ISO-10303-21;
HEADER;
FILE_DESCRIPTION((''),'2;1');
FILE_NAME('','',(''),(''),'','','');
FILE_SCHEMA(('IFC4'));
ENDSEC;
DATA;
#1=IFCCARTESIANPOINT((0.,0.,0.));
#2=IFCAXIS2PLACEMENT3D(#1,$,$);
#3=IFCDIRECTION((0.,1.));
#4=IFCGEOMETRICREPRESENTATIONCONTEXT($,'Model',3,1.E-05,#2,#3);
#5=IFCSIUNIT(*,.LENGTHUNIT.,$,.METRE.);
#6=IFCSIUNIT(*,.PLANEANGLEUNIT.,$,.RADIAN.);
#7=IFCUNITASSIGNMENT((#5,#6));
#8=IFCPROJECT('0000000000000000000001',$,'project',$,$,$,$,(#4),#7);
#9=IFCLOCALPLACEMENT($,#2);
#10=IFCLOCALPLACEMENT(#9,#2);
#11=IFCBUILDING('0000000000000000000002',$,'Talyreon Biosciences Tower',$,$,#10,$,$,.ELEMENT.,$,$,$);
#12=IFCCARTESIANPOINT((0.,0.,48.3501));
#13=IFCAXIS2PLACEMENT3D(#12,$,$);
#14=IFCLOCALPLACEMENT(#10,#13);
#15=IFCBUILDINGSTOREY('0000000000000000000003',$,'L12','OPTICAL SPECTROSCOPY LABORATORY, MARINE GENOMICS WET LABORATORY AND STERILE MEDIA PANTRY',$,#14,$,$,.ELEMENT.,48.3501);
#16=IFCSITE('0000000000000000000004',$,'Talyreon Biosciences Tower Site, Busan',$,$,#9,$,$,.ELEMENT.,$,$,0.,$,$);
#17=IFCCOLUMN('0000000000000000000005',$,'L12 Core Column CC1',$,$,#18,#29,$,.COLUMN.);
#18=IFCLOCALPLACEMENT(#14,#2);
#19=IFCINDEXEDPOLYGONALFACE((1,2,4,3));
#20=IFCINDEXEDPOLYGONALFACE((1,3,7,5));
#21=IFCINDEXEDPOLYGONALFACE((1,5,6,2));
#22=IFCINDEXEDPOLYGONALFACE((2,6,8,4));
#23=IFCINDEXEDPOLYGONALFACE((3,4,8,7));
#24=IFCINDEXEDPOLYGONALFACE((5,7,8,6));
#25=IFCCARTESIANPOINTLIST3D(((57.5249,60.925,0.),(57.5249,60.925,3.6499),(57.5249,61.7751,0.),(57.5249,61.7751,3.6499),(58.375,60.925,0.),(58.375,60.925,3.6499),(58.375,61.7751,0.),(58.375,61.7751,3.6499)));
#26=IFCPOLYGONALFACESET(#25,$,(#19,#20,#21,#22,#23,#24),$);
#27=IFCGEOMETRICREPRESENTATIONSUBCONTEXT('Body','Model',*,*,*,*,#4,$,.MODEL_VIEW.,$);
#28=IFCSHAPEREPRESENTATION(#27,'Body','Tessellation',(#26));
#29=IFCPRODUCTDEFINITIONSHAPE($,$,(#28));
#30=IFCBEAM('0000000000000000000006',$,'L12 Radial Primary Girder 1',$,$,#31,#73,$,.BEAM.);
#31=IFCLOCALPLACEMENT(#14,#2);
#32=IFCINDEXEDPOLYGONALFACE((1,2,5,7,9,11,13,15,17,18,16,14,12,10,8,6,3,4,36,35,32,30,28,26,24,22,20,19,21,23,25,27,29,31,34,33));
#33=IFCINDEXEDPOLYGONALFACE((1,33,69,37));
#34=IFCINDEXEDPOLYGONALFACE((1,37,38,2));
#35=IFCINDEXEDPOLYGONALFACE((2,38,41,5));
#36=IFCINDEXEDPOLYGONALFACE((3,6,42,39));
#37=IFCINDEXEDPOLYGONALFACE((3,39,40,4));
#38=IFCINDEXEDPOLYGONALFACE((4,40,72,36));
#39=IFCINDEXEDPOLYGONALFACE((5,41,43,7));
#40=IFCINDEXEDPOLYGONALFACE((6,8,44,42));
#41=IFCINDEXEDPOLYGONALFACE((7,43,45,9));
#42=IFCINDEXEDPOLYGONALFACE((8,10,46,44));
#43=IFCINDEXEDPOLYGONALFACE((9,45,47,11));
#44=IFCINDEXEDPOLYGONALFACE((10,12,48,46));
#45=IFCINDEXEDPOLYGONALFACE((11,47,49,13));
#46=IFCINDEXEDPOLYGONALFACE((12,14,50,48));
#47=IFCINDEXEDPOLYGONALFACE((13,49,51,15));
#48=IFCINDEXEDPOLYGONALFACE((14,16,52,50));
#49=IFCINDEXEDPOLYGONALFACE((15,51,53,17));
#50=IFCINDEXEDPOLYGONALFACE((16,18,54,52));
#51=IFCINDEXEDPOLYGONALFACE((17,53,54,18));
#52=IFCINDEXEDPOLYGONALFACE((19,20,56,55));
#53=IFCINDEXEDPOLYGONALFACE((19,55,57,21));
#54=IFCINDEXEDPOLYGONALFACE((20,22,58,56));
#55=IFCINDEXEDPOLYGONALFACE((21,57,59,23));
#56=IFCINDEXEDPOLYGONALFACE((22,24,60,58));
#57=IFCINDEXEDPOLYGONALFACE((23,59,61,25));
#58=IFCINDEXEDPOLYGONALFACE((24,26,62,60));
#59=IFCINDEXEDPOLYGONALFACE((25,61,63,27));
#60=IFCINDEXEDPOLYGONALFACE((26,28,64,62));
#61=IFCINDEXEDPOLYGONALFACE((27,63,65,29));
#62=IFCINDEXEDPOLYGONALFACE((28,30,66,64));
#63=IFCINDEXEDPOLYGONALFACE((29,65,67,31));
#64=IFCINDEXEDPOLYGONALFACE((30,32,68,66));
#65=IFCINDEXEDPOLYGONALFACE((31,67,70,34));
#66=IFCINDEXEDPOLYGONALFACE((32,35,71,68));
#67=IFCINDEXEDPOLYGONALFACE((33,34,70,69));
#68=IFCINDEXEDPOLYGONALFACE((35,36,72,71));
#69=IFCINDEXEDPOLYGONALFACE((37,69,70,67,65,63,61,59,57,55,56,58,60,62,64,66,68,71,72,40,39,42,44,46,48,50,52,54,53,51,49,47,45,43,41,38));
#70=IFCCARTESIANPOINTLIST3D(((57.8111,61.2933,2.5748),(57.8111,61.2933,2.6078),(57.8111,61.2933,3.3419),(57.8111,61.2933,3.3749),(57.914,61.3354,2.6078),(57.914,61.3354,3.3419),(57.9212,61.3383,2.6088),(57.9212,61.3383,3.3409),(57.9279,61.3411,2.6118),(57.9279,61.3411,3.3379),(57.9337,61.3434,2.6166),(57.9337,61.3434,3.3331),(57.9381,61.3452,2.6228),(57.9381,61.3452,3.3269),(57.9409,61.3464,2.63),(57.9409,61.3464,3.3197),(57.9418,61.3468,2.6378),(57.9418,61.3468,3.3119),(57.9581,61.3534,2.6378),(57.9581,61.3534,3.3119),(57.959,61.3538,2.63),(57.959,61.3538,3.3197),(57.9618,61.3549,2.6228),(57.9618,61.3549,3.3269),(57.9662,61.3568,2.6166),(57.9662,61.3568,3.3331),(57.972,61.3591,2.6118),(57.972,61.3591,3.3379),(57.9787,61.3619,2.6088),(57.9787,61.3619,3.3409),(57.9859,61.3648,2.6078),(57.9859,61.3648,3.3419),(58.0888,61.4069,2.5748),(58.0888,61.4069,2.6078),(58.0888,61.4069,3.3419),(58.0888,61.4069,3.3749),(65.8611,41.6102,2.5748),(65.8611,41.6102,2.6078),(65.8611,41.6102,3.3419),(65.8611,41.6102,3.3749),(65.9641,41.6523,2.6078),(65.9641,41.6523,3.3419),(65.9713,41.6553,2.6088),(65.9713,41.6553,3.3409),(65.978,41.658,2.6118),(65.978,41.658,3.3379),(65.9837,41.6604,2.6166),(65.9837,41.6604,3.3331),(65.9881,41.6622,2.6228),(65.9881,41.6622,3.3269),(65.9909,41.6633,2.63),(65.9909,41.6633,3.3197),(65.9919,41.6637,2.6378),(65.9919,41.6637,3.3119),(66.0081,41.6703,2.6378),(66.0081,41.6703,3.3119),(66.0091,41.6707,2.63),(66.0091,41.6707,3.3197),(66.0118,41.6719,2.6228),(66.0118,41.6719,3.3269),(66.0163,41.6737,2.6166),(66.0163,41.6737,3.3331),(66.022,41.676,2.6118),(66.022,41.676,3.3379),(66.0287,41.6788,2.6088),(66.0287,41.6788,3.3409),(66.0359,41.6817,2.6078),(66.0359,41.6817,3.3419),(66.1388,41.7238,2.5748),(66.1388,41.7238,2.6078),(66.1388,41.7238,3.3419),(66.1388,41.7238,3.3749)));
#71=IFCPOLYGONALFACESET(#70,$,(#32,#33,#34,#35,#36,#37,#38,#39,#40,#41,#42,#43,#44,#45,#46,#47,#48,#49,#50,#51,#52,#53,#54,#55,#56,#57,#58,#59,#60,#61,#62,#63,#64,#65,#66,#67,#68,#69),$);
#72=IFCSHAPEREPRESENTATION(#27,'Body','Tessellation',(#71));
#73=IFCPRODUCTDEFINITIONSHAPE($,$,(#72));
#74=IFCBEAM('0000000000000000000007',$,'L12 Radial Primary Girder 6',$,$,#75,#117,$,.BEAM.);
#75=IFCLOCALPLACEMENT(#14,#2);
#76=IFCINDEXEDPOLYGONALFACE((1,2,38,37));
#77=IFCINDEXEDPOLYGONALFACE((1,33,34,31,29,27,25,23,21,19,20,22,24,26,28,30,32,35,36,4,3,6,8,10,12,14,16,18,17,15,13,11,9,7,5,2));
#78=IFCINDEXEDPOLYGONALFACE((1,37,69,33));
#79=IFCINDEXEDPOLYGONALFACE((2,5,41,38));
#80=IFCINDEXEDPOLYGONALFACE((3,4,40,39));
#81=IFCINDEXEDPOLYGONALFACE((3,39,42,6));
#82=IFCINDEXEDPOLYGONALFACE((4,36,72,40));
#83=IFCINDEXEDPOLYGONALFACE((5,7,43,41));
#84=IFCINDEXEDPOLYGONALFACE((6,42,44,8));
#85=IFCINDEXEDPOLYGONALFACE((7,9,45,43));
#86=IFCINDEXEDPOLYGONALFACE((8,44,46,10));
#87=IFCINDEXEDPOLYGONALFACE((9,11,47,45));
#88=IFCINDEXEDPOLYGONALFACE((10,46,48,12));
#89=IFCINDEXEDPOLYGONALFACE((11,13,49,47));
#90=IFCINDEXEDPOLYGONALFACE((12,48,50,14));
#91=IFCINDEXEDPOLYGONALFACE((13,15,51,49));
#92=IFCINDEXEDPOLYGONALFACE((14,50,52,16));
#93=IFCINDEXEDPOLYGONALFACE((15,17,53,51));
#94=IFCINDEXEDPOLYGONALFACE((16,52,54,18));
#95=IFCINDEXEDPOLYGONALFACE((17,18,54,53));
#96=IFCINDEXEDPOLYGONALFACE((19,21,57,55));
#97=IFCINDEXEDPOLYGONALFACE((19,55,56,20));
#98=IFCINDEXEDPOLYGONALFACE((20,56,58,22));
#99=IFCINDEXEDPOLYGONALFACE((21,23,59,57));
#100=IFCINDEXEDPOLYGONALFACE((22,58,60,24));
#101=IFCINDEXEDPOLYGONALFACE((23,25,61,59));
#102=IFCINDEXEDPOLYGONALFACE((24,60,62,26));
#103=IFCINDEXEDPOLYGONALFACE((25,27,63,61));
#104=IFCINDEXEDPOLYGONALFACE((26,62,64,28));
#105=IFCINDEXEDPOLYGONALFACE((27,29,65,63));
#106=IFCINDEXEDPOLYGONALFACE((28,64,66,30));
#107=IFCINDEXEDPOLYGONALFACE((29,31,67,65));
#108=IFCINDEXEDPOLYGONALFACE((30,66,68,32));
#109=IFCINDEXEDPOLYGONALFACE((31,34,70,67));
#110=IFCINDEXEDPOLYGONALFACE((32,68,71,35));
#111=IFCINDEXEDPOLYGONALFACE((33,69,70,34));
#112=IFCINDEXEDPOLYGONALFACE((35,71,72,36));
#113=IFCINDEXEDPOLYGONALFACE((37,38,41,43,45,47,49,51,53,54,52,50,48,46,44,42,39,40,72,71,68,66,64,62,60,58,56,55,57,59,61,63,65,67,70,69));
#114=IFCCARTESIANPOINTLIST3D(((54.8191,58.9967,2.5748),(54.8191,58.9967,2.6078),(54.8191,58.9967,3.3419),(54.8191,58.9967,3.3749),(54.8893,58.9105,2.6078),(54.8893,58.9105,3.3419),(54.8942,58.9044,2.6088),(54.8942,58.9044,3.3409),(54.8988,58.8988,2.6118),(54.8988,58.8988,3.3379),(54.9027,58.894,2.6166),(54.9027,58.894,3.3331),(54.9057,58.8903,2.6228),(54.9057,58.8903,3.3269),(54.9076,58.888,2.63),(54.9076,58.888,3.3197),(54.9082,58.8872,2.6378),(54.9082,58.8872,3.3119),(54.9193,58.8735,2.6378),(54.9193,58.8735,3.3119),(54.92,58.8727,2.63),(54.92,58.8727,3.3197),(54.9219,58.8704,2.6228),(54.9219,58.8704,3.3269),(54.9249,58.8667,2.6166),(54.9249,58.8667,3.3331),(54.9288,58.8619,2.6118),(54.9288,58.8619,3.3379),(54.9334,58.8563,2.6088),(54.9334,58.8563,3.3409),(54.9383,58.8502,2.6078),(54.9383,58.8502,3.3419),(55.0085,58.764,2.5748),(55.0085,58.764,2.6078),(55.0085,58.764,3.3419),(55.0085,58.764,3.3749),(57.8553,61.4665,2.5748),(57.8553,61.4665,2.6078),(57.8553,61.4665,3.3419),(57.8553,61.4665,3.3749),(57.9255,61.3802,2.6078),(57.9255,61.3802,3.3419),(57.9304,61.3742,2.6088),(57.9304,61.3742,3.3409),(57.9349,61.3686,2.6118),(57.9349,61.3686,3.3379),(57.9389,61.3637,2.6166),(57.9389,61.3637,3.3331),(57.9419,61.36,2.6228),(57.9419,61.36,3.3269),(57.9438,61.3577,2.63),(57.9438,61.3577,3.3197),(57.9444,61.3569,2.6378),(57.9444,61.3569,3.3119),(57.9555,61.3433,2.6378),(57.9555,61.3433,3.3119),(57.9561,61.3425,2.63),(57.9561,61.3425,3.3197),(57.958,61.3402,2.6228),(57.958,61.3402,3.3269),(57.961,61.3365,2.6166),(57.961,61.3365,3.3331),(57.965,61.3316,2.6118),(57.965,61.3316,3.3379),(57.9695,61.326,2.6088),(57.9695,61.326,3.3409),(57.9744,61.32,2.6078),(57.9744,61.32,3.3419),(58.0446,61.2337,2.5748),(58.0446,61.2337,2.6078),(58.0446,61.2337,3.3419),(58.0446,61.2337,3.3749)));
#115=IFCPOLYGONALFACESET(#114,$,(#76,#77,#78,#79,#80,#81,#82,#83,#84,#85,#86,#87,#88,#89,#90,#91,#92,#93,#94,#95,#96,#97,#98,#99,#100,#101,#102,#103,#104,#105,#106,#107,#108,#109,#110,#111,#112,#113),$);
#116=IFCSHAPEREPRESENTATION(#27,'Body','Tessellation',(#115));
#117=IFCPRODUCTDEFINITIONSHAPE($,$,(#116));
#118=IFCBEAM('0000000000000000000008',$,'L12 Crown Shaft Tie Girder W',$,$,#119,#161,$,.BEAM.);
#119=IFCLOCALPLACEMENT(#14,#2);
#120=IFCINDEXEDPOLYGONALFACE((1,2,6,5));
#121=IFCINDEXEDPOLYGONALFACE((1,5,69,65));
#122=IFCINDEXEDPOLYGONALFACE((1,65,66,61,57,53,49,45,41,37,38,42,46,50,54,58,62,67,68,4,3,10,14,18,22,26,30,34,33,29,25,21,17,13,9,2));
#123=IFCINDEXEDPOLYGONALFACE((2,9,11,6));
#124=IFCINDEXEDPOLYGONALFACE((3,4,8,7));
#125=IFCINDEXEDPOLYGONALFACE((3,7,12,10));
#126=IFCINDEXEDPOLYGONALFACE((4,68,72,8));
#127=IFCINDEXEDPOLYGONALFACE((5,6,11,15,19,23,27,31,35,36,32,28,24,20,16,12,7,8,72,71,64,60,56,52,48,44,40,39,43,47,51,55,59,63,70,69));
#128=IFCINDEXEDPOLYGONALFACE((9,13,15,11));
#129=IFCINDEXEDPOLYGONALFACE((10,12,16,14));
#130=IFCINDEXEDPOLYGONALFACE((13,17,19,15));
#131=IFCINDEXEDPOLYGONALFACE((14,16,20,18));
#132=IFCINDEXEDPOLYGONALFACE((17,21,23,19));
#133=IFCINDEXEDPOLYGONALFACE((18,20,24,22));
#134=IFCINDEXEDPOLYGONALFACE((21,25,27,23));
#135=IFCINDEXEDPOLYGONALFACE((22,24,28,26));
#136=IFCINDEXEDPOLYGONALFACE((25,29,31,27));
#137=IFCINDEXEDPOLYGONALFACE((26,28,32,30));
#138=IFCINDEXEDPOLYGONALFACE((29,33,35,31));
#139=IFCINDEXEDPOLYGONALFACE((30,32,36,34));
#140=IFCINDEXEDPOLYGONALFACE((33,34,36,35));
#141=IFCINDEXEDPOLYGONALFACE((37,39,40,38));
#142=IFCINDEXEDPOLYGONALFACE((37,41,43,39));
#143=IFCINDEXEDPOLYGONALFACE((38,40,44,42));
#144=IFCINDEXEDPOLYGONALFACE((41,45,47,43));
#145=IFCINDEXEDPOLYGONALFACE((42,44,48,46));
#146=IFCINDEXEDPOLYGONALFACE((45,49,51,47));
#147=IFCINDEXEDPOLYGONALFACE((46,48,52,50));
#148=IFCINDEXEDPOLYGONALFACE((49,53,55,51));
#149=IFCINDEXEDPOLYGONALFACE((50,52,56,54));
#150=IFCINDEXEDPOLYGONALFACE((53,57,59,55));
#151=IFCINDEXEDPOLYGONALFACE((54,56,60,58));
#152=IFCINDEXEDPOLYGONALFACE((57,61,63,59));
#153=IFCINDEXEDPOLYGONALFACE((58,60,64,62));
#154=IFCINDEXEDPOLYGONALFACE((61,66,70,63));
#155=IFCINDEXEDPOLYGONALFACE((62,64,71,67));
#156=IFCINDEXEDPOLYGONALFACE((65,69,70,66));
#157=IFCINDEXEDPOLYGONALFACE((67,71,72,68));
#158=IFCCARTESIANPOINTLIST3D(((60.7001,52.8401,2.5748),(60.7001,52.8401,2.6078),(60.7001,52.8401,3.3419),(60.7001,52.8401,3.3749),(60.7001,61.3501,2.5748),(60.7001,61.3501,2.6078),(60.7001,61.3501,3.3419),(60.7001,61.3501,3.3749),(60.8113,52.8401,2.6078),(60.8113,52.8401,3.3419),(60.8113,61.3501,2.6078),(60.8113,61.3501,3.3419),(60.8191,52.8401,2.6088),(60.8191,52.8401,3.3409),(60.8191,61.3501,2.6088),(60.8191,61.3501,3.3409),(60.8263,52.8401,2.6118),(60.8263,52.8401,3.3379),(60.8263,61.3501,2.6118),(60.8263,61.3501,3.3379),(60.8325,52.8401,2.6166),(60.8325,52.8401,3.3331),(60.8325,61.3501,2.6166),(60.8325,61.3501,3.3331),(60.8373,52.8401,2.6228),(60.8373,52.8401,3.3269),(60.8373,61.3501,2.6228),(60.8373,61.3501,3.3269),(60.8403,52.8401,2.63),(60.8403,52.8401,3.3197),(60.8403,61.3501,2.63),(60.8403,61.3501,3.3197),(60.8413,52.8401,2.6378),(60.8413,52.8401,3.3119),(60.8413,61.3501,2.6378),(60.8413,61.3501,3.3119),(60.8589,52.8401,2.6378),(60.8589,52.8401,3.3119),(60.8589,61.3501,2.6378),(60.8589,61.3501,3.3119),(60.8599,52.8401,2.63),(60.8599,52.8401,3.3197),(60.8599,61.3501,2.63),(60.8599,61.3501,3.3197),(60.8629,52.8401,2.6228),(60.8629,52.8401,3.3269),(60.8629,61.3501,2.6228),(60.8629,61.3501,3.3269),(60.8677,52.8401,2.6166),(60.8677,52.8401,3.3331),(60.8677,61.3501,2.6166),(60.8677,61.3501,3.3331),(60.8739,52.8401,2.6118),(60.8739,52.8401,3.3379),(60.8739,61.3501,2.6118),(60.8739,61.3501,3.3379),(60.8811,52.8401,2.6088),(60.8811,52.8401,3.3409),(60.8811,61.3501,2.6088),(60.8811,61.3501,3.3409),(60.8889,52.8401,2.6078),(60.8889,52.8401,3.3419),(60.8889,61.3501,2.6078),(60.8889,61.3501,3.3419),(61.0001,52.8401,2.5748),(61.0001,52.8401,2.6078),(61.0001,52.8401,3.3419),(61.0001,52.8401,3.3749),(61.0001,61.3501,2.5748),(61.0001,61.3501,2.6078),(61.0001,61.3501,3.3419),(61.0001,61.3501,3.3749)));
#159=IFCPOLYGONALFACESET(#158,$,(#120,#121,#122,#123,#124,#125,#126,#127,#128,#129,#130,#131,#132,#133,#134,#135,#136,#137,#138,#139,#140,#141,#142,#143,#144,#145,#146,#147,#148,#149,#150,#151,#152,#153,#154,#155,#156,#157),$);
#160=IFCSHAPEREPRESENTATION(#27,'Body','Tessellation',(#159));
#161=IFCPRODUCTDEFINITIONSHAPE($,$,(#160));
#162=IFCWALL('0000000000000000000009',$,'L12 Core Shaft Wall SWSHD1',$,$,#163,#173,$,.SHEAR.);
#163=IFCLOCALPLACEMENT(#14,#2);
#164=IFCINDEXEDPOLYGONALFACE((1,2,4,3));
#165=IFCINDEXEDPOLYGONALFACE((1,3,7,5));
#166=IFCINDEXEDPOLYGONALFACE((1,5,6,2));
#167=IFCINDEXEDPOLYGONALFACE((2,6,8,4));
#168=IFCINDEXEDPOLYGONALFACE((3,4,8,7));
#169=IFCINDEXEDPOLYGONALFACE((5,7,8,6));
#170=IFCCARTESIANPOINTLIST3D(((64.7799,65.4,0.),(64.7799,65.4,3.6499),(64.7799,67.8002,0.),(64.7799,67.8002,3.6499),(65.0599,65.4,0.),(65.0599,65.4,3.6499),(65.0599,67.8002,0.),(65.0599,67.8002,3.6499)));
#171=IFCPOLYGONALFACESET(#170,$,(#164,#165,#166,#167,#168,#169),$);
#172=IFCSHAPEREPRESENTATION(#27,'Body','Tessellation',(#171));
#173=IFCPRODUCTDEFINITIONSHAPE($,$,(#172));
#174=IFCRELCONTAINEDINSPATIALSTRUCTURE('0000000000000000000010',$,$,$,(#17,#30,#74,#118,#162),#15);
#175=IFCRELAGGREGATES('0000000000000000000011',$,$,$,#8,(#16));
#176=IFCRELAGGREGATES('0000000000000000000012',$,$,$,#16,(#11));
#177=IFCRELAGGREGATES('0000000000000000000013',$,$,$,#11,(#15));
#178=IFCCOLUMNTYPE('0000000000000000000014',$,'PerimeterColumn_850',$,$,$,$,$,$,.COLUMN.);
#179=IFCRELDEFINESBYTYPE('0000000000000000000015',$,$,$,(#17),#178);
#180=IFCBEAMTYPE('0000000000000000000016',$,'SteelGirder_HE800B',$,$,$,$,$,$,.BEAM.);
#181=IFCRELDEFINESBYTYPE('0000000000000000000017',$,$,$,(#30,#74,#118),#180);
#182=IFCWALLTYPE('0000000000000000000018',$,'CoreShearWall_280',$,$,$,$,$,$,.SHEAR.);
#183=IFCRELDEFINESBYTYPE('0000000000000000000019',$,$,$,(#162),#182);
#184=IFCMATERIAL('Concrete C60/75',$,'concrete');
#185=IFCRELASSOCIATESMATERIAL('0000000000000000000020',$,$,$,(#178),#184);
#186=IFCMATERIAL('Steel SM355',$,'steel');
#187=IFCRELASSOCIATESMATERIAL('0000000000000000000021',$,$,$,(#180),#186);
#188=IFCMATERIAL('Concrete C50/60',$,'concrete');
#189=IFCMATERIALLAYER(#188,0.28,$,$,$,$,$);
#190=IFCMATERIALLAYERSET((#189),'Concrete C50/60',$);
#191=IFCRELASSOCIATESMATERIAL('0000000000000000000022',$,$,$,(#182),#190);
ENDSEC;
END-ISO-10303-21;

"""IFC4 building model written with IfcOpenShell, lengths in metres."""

from ifc_helpers import new_model, si_unit, direction, frame, frame_2d, origin, origin_2d, place, context, subcontext, project, spatial, rectangle, i_section, extrude, material, layer, layer_set, material_profile, profile_set, type_object, element, save


model = new_model("IFC4")

# Units and contexts
model_context = context("Model", 3, precision=1e-05, world=origin(), true_north=direction((0.0, 1.0)))
body_context = subcontext(model_context, "Body", "Model", "MODEL_VIEW")
ifc_project = project(units=[si_unit("LENGTHUNIT", "METRE"), si_unit("PLANEANGLEUNIT", "RADIAN")], contexts=[model_context])

# Site, building, storey
site_placement = place(None, origin())
site = spatial("IfcSite", under=ifc_project, at=site_placement, Name="Talyreon Biosciences Tower Site, Busan", CompositionType="ELEMENT", RefElevation=0.0)
building_placement = place(site_placement, origin())
building = spatial("IfcBuilding", under=site, at=building_placement, Name="Talyreon Biosciences Tower", CompositionType="ELEMENT")
storey_placement = place(building_placement, frame((0.0, 0.0, 48.3501)))
storey = spatial("IfcBuildingStorey", under=building, at=storey_placement, Name="L12", Description="OPTICAL SPECTROSCOPY LABORATORY, MARINE GENOMICS WET LABORATORY AND STERILE MEDIA PANTRY", CompositionType="ELEMENT", Elevation=48.3501)

# Column
ifc_material_1 = material(Name="Concrete C60/75", Category="concrete")
ifc_material_profile_1 = material_profile(ifc_material_1, rectangle(XDim=0.8501, YDim=0.8501, at=origin_2d()), Name="RC 850x850")
ifc_profile_set_1 = profile_set([ifc_material_profile_1], Name="Concrete C60/75")
column_type = type_object("IfcColumnType", Name="PerimeterColumn_850", PredefinedType="COLUMN", material=ifc_profile_set_1)
column_placement = place(storey_placement, frame((57.95, 61.3501, 0.0), z_axis=(0.0, 0.0, 1.0), x_axis=(1.0, 0.0, 0.0)))
element("IfcColumn", 1, at=column_placement, inside=storey, type_object=column_type, Name="L12 Core Column CC1", PredefinedType="COLUMN", context=body_context, shape_type="SweptSolid", body=[
    extrude(rectangle(XDim=0.8501, YDim=0.8501, at=origin_2d()), origin(), (0.0, 0.0, 1.0), 3.6499),
])

# Beams
ifc_material_2 = material(Name="Steel SM355", Category="steel")
ifc_material_profile_2 = material_profile(ifc_material_2, i_section(OverallWidth=0.3, OverallDepth=0.8, WebThickness=0.0176, FlangeThickness=0.033, FilletRadius=0.03, at=origin_2d()), Name="HE800B")
ifc_profile_set_2 = profile_set([ifc_material_profile_2], Name="Steel SM355")
beam_type = type_object("IfcBeamType", Name="SteelGirder_HE800B", PredefinedType="BEAM", material=ifc_profile_set_2)
beam_1_placement = place(storey_placement, frame((57.95, 61.3501, 2.9749), z_axis=(0.378547, -0.925582, 0.0), x_axis=(0.925582, 0.378547, 0.0)))
element("IfcBeam", 2, at=beam_1_placement, inside=storey, type_object=beam_type, Name="L12 Radial Primary Girder 1", PredefinedType="BEAM", context=body_context, shape_type="SweptSolid", body=[
    extrude(i_section(OverallWidth=0.3, OverallDepth=0.8, WebThickness=0.0176, FlangeThickness=0.033, FilletRadius=0.03, at=origin_2d()), origin(), (0.0, 0.0, 1.0), 21.2656),
])
beam_2_placement = place(storey_placement, frame((57.95, 61.3501, 2.9749), z_axis=(-0.775755, -0.631034, 0.0), x_axis=(0.631034, -0.775755, 0.0)))
element("IfcBeam", 3, at=beam_2_placement, inside=storey, type_object=beam_type, Name="L12 Radial Primary Girder 6", PredefinedType="BEAM", context=body_context, shape_type="SweptSolid", body=[
    extrude(i_section(OverallWidth=0.3, OverallDepth=0.8, WebThickness=0.0176, FlangeThickness=0.033, FilletRadius=0.03, at=origin_2d()), origin(), (0.0, 0.0, 1.0), 3.9138),
])
beam_3_placement = place(storey_placement, frame((60.8501, 52.8401, 2.9749), z_axis=(0.0, 1.0, 0.0), x_axis=(-1.0, 0.0, 0.0)))
element("IfcBeam", 4, at=beam_3_placement, inside=storey, type_object=beam_type, Name="L12 Crown Shaft Tie Girder W", PredefinedType="BEAM", context=body_context, shape_type="SweptSolid", body=[
    extrude(i_section(OverallWidth=0.3, OverallDepth=0.8, WebThickness=0.0176, FlangeThickness=0.033, FilletRadius=0.03, at=origin_2d()), origin(), (0.0, 0.0, 1.0), 8.51),
])

# Wall
ifc_material_3 = material(Name="Concrete C50/60", Category="concrete")
ifc_layer_1 = layer(ifc_material_3, 0.28)
ifc_layer_set_1 = layer_set([ifc_layer_1], Name="Concrete C50/60")
wall_type_1 = type_object("IfcWallType", Name="CoreShearWall_280", PredefinedType="SHEAR", material=ifc_layer_set_1)
wall_1_placement = place(storey_placement, frame((64.9199, 65.3999, 0.0), z_axis=(0.0, 0.0, 1.0), x_axis=(0.0, 1.0, 0.0)))
element("IfcWall", 5, at=wall_1_placement, inside=storey, type_object=wall_type_1, Name="L12 Core Shaft Wall SWSHD1", PredefinedType="SHEAR", context=body_context, shape_type="SweptSolid", body=[
    extrude(rectangle(XDim=2.4001, YDim=0.28, at=frame_2d((1.2002, 0.0))), origin(), (0.0, 0.0, 1.0), 3.6499),
])

save(model, "model.ifc")
